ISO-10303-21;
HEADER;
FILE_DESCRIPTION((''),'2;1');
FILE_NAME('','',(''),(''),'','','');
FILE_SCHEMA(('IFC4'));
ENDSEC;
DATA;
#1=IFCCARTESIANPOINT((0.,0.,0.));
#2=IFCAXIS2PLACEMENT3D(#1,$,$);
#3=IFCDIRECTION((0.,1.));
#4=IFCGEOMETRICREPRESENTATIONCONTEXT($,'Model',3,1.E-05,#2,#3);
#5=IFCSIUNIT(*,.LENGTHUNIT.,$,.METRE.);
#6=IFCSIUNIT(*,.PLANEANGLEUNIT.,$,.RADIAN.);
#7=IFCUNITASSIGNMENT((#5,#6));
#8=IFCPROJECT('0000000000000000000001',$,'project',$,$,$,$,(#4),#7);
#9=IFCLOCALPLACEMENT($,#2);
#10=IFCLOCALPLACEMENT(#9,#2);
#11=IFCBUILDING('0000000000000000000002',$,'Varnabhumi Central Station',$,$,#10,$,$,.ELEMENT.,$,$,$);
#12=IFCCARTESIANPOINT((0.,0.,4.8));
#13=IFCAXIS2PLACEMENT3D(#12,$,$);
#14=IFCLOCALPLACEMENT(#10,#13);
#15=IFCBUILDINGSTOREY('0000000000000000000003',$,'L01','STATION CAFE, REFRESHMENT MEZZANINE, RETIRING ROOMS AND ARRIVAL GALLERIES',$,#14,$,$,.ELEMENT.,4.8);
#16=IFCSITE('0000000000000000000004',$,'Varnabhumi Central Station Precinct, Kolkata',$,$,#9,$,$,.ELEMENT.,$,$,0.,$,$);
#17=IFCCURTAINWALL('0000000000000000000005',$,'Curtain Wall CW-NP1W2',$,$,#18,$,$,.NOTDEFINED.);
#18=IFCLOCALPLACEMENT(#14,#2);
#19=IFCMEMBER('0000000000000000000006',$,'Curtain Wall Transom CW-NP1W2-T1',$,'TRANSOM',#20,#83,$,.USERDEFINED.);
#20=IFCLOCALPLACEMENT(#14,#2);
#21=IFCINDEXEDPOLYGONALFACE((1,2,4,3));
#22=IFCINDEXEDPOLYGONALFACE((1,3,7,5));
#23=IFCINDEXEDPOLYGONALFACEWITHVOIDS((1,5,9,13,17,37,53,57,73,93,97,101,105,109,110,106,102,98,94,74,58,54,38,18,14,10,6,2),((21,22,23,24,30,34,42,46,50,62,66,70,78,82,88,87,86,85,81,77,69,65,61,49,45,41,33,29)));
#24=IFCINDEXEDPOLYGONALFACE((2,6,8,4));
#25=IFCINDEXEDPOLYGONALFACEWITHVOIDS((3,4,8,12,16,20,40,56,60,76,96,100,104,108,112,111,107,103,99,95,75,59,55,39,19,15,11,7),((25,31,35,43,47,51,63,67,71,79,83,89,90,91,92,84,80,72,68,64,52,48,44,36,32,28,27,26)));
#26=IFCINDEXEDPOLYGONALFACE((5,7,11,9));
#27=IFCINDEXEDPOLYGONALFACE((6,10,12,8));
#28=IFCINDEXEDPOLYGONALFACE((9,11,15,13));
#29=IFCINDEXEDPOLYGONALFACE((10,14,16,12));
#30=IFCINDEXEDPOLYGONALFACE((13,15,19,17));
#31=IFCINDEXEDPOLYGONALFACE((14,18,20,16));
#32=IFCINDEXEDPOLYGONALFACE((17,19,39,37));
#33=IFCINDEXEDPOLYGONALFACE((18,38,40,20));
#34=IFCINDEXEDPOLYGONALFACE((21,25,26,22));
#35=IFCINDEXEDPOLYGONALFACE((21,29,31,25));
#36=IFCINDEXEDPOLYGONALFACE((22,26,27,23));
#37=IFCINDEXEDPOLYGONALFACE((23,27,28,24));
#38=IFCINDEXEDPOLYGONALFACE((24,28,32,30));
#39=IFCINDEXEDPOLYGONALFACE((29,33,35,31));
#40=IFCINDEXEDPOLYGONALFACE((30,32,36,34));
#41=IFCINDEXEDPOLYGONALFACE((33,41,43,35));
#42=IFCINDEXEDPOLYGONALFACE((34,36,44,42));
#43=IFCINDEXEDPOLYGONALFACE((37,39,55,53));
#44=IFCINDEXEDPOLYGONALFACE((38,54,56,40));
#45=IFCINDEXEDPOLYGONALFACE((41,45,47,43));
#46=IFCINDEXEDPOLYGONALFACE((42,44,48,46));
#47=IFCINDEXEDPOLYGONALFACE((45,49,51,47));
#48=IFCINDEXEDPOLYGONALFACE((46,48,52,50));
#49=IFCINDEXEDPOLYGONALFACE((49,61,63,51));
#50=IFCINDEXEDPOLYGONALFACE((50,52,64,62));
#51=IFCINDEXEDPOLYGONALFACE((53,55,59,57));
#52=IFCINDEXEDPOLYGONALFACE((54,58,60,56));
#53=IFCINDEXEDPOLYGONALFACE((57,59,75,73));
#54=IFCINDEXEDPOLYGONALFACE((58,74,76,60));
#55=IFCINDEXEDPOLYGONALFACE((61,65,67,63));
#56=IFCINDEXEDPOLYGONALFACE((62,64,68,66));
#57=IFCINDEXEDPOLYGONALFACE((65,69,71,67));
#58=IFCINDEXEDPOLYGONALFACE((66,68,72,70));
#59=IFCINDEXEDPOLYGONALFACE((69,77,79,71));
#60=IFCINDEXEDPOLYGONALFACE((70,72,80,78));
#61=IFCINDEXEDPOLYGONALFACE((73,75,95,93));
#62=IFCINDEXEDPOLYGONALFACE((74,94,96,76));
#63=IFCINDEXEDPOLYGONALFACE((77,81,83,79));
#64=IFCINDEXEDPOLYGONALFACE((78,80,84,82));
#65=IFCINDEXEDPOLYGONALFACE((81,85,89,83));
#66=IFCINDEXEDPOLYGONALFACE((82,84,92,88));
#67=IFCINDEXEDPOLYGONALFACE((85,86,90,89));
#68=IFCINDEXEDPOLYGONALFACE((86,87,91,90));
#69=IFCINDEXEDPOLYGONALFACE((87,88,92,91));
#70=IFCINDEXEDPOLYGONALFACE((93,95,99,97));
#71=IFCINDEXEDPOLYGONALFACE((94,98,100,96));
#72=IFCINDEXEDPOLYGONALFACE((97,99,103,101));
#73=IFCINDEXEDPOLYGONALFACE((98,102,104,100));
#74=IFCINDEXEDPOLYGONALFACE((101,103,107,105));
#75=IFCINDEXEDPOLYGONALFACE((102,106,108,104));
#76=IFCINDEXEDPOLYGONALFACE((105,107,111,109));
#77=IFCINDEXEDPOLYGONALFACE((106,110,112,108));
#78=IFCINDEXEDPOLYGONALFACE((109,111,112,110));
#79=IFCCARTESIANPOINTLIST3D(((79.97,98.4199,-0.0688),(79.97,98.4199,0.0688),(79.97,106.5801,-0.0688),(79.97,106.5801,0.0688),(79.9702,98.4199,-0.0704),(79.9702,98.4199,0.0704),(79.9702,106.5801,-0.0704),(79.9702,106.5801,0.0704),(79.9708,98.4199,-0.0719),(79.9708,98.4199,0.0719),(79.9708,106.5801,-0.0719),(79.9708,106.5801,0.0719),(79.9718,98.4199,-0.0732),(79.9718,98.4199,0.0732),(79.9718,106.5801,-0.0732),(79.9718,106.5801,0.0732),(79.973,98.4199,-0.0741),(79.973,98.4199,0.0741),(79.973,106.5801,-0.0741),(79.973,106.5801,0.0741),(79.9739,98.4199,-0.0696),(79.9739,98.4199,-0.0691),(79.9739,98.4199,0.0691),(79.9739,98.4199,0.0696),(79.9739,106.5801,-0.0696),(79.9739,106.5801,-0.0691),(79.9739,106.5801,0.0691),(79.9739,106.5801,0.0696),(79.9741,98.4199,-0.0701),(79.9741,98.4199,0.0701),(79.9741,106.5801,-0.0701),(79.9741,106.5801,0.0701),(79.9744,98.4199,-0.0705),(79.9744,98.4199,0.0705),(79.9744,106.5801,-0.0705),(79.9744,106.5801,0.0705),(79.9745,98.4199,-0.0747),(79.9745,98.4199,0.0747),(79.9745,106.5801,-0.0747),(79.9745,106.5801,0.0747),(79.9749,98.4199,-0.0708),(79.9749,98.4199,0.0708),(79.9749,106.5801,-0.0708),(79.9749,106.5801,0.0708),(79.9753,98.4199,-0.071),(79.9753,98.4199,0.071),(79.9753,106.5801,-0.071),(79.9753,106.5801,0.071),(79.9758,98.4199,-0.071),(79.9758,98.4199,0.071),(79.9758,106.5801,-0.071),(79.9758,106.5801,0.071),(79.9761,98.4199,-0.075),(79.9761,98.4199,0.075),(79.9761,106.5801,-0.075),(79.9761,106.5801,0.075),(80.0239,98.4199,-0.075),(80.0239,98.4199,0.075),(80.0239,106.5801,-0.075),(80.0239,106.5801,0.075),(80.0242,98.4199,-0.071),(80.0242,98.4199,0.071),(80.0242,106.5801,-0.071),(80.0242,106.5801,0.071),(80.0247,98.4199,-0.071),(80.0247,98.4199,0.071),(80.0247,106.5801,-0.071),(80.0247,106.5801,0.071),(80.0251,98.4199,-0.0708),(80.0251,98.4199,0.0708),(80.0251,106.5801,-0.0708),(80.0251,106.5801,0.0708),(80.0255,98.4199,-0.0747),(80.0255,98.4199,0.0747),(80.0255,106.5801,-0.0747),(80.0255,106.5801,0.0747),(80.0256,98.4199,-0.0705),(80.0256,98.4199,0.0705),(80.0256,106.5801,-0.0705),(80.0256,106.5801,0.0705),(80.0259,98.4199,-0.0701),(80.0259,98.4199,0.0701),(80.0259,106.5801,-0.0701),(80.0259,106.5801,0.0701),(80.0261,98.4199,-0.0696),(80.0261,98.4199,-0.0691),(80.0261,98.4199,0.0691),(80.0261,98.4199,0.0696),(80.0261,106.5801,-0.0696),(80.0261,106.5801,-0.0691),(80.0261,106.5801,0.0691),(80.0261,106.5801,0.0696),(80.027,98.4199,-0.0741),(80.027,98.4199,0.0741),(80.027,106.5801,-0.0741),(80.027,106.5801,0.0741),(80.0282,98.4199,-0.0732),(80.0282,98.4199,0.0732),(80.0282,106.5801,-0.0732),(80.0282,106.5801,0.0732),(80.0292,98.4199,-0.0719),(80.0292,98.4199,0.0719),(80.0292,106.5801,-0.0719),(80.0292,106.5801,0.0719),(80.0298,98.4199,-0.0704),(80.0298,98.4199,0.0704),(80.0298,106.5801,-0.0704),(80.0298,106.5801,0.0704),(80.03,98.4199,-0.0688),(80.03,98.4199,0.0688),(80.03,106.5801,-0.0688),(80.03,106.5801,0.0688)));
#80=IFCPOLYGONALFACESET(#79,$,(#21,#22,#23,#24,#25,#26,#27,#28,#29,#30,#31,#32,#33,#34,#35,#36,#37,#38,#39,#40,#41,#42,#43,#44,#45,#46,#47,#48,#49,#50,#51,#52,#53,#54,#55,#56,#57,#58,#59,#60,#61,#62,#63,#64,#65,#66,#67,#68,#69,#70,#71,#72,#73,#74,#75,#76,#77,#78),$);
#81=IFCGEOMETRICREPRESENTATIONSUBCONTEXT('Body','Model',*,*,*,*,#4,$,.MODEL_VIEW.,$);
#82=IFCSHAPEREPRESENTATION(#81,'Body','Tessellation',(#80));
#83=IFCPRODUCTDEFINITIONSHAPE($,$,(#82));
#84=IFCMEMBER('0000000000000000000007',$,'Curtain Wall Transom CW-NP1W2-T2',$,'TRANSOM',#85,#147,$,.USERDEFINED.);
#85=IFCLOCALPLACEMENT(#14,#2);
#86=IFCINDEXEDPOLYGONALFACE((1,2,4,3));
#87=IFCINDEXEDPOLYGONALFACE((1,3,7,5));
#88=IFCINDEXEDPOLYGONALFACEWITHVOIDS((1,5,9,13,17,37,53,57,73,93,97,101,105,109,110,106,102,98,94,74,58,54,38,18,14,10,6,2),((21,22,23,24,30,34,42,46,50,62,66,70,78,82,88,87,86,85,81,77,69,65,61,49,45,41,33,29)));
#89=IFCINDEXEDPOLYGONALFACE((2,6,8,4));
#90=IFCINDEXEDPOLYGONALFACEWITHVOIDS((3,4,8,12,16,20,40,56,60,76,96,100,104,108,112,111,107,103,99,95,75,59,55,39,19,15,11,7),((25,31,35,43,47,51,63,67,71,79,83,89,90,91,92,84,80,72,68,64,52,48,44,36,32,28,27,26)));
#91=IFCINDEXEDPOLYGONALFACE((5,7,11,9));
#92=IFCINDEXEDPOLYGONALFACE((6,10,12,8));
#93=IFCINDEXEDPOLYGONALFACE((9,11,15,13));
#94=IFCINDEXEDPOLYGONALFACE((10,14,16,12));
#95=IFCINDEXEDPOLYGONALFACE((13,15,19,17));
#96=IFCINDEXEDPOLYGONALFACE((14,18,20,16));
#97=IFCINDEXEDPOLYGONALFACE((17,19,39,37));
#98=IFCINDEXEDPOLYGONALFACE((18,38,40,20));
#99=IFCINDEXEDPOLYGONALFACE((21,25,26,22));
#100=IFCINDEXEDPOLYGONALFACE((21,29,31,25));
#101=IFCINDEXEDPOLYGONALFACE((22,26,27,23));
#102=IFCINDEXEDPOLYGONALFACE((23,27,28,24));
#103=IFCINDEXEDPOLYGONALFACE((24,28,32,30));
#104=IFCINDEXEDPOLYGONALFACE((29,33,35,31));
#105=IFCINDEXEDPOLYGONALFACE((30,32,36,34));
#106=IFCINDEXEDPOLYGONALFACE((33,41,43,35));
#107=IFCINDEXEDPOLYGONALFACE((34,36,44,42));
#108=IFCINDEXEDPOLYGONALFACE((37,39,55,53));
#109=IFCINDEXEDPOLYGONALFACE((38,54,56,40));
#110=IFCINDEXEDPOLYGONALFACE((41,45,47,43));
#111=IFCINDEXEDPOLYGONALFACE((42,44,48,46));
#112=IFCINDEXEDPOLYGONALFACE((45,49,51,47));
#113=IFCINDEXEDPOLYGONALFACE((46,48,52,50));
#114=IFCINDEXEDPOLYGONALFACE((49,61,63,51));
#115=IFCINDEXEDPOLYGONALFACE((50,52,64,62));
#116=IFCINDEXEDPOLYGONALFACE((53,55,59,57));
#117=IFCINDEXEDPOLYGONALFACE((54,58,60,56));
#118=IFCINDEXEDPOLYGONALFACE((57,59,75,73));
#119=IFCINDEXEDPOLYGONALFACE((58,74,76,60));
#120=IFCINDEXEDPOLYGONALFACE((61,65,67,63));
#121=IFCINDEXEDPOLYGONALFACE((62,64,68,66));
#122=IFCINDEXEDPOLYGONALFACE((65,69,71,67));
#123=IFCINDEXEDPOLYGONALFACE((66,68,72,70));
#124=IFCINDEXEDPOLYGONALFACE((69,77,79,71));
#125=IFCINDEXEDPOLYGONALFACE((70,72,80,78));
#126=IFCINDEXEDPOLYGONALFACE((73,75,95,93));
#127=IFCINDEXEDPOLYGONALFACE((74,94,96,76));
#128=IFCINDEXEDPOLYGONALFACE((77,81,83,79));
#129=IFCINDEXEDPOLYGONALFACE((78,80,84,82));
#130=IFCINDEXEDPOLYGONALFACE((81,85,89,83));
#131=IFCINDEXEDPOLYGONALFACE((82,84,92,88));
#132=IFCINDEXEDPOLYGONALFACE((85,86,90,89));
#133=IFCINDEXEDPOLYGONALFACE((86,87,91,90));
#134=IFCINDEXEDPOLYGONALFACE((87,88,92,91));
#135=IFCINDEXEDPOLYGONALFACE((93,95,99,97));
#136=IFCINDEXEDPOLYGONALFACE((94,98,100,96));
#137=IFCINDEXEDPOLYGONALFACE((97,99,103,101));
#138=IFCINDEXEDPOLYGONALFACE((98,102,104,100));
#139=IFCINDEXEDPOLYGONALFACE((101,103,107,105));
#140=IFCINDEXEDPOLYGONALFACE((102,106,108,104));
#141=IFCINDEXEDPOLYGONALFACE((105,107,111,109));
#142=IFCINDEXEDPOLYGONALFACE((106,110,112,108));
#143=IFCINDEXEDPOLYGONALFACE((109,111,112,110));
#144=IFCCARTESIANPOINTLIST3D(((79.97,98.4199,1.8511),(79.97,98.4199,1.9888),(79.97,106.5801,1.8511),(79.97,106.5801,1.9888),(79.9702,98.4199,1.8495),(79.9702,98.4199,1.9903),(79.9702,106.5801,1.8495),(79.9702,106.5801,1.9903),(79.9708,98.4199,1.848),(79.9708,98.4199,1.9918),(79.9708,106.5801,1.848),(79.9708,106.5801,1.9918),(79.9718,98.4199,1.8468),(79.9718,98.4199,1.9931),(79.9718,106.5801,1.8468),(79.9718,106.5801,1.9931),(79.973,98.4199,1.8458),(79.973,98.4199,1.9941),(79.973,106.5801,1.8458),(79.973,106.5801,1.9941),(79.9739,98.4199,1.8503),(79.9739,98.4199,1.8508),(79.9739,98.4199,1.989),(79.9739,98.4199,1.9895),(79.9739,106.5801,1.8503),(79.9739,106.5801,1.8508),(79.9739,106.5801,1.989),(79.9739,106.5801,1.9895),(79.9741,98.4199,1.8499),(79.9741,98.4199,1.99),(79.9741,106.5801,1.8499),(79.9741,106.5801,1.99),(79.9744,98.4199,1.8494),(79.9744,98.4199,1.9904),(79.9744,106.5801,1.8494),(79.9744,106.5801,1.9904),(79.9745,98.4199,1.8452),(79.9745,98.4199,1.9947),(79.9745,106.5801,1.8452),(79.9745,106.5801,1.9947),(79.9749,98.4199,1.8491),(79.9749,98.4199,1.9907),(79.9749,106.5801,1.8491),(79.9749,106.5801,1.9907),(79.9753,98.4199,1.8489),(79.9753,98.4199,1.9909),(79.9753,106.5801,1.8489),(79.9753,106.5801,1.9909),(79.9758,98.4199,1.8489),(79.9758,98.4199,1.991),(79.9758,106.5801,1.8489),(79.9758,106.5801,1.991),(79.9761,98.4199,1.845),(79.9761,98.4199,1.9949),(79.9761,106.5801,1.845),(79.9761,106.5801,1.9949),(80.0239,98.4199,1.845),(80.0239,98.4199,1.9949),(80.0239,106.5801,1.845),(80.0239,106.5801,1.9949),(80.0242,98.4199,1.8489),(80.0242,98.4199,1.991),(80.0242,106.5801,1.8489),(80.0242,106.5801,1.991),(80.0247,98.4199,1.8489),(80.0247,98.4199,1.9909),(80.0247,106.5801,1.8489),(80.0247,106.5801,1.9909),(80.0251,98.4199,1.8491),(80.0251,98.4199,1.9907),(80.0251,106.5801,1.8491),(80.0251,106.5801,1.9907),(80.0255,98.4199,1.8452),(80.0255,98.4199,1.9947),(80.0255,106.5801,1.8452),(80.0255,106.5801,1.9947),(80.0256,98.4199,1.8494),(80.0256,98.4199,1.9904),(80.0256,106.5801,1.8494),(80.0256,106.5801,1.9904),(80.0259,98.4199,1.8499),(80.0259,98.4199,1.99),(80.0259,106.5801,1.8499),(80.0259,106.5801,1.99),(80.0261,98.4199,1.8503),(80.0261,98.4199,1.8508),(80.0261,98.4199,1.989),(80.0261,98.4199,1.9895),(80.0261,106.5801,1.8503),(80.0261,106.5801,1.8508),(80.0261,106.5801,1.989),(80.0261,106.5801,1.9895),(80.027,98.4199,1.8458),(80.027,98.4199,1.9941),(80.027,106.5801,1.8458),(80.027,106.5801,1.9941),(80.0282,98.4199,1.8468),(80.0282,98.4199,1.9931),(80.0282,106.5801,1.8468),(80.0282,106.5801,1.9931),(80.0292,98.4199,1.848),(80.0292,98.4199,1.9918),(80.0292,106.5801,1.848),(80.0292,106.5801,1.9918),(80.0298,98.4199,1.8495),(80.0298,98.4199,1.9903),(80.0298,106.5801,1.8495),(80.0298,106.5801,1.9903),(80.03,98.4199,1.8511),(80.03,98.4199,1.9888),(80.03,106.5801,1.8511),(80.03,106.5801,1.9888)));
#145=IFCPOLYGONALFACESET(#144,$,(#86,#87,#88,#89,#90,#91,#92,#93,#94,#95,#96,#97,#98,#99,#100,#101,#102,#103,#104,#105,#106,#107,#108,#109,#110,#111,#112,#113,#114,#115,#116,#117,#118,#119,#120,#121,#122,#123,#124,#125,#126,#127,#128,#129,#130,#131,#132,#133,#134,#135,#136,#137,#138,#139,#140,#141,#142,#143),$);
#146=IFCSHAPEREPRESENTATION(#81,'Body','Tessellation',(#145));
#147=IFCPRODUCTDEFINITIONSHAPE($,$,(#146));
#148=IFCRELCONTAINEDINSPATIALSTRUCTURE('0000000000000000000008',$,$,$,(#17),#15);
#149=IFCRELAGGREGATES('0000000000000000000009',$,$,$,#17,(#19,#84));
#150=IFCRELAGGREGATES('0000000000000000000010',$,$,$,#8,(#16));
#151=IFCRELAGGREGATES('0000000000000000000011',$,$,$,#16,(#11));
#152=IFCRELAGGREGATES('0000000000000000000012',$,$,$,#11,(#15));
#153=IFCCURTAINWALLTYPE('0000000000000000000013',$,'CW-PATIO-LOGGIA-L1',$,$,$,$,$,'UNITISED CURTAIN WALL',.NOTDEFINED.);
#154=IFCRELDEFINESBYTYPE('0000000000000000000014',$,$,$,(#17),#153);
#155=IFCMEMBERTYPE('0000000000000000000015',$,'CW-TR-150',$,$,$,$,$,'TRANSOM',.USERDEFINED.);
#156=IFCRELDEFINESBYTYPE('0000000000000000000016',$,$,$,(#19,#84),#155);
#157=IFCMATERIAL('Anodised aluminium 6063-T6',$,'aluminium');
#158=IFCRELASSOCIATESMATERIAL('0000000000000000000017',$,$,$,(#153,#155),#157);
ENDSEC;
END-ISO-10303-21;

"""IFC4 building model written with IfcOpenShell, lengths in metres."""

from ifc_helpers import new_model, si_unit, direction, frame, origin, origin_2d, place, context, subcontext, project, spatial, hollow_rectangle, extrude, material, material_profile, profile_set, type_object, element, aggregate, save


model = new_model("IFC4")

# Units and contexts
model_context = context("Model", 3, precision=1e-05, world=origin(), true_north=direction((0.0, 1.0)))
body_context = subcontext(model_context, "Body", "Model", "MODEL_VIEW")
ifc_project = project(units=[si_unit("LENGTHUNIT", "METRE"), si_unit("PLANEANGLEUNIT", "RADIAN")], contexts=[model_context])

# Site, building, storey
site_placement = place(None, origin())
site = spatial("IfcSite", under=ifc_project, at=site_placement, Name="Varnabhumi Central Station Precinct, Kolkata", CompositionType="ELEMENT", RefElevation=0.0)
building_placement = place(site_placement, origin())
building = spatial("IfcBuilding", under=site, at=building_placement, Name="Varnabhumi Central Station", CompositionType="ELEMENT")
storey_placement = place(building_placement, frame((0.0, 0.0, 4.8)))
storey = spatial("IfcBuildingStorey", under=building, at=storey_placement, Name="L01", Description="STATION CAFE, REFRESHMENT MEZZANINE, RETIRING ROOMS AND ARRIVAL GALLERIES", CompositionType="ELEMENT", Elevation=4.8)

# Curtain wall
ifc_material_1 = material(Name="Anodised aluminium 6063-T6", Category="aluminium")
curtain_wall_type = type_object("IfcCurtainWallType", Name="CW-PATIO-LOGGIA-L1", ElementType="UNITISED CURTAIN WALL", PredefinedType="NOTDEFINED", material=ifc_material_1)
curtain_wall_1_placement = place(storey_placement, origin())
curtain_wall_1 = element("IfcCurtainWall", 1, at=curtain_wall_1_placement, inside=storey, type_object=curtain_wall_type, Name="Curtain Wall CW-NP1W2", PredefinedType="NOTDEFINED")

# Members
ifc_material_profile_1 = material_profile(ifc_material_1, hollow_rectangle(XDim=0.0601, YDim=0.1499, WallThickness=0.0039, InnerFilletRadius=0.002, OuterFilletRadius=0.0061, at=origin_2d()), Name="Anodised aluminium 6063-T6", Category="aluminium")
ifc_profile_set_1 = profile_set([ifc_material_profile_1], Name="Anodised aluminium 6063-T6")
member_type_1 = type_object("IfcMemberType", Name="CW-TR-150", ElementType="TRANSOM", PredefinedType="USERDEFINED", material=ifc_profile_set_1)
member_1_placement = place(storey_placement, frame((80.0, 98.4199, 0.0), z_axis=(0.0, 1.0, 0.0), x_axis=(-1.0, 0.0, 0.0)))
member_1 = element("IfcMember", 2, at=member_1_placement, type_object=member_type_1, Name="Curtain Wall Transom CW-NP1W2-T1", ObjectType="TRANSOM", PredefinedType="USERDEFINED", context=body_context, shape_type="SweptSolid", body=[
    extrude(hollow_rectangle(XDim=0.0601, YDim=0.1499, WallThickness=0.0039, InnerFilletRadius=0.002, OuterFilletRadius=0.0061, at=origin_2d()), origin(), (0.0, 0.0, 1.0), 8.1602),
])
member_2_placement = place(storey_placement, frame((80.0, 98.4199, 1.9199), z_axis=(0.0, 1.0, 0.0), x_axis=(-1.0, 0.0, 0.0)))
member_2 = element("IfcMember", 3, at=member_2_placement, type_object=member_type_1, Name="Curtain Wall Transom CW-NP1W2-T2", ObjectType="TRANSOM", PredefinedType="USERDEFINED", context=body_context, shape_type="SweptSolid", body=[
    extrude(hollow_rectangle(XDim=0.0601, YDim=0.1499, WallThickness=0.0039, InnerFilletRadius=0.002, OuterFilletRadius=0.0061, at=origin_2d()), origin(), (0.0, 0.0, 1.0), 8.1602),
])

aggregate(curtain_wall_1, [member_1, member_2])

save(model, "model.ifc")
